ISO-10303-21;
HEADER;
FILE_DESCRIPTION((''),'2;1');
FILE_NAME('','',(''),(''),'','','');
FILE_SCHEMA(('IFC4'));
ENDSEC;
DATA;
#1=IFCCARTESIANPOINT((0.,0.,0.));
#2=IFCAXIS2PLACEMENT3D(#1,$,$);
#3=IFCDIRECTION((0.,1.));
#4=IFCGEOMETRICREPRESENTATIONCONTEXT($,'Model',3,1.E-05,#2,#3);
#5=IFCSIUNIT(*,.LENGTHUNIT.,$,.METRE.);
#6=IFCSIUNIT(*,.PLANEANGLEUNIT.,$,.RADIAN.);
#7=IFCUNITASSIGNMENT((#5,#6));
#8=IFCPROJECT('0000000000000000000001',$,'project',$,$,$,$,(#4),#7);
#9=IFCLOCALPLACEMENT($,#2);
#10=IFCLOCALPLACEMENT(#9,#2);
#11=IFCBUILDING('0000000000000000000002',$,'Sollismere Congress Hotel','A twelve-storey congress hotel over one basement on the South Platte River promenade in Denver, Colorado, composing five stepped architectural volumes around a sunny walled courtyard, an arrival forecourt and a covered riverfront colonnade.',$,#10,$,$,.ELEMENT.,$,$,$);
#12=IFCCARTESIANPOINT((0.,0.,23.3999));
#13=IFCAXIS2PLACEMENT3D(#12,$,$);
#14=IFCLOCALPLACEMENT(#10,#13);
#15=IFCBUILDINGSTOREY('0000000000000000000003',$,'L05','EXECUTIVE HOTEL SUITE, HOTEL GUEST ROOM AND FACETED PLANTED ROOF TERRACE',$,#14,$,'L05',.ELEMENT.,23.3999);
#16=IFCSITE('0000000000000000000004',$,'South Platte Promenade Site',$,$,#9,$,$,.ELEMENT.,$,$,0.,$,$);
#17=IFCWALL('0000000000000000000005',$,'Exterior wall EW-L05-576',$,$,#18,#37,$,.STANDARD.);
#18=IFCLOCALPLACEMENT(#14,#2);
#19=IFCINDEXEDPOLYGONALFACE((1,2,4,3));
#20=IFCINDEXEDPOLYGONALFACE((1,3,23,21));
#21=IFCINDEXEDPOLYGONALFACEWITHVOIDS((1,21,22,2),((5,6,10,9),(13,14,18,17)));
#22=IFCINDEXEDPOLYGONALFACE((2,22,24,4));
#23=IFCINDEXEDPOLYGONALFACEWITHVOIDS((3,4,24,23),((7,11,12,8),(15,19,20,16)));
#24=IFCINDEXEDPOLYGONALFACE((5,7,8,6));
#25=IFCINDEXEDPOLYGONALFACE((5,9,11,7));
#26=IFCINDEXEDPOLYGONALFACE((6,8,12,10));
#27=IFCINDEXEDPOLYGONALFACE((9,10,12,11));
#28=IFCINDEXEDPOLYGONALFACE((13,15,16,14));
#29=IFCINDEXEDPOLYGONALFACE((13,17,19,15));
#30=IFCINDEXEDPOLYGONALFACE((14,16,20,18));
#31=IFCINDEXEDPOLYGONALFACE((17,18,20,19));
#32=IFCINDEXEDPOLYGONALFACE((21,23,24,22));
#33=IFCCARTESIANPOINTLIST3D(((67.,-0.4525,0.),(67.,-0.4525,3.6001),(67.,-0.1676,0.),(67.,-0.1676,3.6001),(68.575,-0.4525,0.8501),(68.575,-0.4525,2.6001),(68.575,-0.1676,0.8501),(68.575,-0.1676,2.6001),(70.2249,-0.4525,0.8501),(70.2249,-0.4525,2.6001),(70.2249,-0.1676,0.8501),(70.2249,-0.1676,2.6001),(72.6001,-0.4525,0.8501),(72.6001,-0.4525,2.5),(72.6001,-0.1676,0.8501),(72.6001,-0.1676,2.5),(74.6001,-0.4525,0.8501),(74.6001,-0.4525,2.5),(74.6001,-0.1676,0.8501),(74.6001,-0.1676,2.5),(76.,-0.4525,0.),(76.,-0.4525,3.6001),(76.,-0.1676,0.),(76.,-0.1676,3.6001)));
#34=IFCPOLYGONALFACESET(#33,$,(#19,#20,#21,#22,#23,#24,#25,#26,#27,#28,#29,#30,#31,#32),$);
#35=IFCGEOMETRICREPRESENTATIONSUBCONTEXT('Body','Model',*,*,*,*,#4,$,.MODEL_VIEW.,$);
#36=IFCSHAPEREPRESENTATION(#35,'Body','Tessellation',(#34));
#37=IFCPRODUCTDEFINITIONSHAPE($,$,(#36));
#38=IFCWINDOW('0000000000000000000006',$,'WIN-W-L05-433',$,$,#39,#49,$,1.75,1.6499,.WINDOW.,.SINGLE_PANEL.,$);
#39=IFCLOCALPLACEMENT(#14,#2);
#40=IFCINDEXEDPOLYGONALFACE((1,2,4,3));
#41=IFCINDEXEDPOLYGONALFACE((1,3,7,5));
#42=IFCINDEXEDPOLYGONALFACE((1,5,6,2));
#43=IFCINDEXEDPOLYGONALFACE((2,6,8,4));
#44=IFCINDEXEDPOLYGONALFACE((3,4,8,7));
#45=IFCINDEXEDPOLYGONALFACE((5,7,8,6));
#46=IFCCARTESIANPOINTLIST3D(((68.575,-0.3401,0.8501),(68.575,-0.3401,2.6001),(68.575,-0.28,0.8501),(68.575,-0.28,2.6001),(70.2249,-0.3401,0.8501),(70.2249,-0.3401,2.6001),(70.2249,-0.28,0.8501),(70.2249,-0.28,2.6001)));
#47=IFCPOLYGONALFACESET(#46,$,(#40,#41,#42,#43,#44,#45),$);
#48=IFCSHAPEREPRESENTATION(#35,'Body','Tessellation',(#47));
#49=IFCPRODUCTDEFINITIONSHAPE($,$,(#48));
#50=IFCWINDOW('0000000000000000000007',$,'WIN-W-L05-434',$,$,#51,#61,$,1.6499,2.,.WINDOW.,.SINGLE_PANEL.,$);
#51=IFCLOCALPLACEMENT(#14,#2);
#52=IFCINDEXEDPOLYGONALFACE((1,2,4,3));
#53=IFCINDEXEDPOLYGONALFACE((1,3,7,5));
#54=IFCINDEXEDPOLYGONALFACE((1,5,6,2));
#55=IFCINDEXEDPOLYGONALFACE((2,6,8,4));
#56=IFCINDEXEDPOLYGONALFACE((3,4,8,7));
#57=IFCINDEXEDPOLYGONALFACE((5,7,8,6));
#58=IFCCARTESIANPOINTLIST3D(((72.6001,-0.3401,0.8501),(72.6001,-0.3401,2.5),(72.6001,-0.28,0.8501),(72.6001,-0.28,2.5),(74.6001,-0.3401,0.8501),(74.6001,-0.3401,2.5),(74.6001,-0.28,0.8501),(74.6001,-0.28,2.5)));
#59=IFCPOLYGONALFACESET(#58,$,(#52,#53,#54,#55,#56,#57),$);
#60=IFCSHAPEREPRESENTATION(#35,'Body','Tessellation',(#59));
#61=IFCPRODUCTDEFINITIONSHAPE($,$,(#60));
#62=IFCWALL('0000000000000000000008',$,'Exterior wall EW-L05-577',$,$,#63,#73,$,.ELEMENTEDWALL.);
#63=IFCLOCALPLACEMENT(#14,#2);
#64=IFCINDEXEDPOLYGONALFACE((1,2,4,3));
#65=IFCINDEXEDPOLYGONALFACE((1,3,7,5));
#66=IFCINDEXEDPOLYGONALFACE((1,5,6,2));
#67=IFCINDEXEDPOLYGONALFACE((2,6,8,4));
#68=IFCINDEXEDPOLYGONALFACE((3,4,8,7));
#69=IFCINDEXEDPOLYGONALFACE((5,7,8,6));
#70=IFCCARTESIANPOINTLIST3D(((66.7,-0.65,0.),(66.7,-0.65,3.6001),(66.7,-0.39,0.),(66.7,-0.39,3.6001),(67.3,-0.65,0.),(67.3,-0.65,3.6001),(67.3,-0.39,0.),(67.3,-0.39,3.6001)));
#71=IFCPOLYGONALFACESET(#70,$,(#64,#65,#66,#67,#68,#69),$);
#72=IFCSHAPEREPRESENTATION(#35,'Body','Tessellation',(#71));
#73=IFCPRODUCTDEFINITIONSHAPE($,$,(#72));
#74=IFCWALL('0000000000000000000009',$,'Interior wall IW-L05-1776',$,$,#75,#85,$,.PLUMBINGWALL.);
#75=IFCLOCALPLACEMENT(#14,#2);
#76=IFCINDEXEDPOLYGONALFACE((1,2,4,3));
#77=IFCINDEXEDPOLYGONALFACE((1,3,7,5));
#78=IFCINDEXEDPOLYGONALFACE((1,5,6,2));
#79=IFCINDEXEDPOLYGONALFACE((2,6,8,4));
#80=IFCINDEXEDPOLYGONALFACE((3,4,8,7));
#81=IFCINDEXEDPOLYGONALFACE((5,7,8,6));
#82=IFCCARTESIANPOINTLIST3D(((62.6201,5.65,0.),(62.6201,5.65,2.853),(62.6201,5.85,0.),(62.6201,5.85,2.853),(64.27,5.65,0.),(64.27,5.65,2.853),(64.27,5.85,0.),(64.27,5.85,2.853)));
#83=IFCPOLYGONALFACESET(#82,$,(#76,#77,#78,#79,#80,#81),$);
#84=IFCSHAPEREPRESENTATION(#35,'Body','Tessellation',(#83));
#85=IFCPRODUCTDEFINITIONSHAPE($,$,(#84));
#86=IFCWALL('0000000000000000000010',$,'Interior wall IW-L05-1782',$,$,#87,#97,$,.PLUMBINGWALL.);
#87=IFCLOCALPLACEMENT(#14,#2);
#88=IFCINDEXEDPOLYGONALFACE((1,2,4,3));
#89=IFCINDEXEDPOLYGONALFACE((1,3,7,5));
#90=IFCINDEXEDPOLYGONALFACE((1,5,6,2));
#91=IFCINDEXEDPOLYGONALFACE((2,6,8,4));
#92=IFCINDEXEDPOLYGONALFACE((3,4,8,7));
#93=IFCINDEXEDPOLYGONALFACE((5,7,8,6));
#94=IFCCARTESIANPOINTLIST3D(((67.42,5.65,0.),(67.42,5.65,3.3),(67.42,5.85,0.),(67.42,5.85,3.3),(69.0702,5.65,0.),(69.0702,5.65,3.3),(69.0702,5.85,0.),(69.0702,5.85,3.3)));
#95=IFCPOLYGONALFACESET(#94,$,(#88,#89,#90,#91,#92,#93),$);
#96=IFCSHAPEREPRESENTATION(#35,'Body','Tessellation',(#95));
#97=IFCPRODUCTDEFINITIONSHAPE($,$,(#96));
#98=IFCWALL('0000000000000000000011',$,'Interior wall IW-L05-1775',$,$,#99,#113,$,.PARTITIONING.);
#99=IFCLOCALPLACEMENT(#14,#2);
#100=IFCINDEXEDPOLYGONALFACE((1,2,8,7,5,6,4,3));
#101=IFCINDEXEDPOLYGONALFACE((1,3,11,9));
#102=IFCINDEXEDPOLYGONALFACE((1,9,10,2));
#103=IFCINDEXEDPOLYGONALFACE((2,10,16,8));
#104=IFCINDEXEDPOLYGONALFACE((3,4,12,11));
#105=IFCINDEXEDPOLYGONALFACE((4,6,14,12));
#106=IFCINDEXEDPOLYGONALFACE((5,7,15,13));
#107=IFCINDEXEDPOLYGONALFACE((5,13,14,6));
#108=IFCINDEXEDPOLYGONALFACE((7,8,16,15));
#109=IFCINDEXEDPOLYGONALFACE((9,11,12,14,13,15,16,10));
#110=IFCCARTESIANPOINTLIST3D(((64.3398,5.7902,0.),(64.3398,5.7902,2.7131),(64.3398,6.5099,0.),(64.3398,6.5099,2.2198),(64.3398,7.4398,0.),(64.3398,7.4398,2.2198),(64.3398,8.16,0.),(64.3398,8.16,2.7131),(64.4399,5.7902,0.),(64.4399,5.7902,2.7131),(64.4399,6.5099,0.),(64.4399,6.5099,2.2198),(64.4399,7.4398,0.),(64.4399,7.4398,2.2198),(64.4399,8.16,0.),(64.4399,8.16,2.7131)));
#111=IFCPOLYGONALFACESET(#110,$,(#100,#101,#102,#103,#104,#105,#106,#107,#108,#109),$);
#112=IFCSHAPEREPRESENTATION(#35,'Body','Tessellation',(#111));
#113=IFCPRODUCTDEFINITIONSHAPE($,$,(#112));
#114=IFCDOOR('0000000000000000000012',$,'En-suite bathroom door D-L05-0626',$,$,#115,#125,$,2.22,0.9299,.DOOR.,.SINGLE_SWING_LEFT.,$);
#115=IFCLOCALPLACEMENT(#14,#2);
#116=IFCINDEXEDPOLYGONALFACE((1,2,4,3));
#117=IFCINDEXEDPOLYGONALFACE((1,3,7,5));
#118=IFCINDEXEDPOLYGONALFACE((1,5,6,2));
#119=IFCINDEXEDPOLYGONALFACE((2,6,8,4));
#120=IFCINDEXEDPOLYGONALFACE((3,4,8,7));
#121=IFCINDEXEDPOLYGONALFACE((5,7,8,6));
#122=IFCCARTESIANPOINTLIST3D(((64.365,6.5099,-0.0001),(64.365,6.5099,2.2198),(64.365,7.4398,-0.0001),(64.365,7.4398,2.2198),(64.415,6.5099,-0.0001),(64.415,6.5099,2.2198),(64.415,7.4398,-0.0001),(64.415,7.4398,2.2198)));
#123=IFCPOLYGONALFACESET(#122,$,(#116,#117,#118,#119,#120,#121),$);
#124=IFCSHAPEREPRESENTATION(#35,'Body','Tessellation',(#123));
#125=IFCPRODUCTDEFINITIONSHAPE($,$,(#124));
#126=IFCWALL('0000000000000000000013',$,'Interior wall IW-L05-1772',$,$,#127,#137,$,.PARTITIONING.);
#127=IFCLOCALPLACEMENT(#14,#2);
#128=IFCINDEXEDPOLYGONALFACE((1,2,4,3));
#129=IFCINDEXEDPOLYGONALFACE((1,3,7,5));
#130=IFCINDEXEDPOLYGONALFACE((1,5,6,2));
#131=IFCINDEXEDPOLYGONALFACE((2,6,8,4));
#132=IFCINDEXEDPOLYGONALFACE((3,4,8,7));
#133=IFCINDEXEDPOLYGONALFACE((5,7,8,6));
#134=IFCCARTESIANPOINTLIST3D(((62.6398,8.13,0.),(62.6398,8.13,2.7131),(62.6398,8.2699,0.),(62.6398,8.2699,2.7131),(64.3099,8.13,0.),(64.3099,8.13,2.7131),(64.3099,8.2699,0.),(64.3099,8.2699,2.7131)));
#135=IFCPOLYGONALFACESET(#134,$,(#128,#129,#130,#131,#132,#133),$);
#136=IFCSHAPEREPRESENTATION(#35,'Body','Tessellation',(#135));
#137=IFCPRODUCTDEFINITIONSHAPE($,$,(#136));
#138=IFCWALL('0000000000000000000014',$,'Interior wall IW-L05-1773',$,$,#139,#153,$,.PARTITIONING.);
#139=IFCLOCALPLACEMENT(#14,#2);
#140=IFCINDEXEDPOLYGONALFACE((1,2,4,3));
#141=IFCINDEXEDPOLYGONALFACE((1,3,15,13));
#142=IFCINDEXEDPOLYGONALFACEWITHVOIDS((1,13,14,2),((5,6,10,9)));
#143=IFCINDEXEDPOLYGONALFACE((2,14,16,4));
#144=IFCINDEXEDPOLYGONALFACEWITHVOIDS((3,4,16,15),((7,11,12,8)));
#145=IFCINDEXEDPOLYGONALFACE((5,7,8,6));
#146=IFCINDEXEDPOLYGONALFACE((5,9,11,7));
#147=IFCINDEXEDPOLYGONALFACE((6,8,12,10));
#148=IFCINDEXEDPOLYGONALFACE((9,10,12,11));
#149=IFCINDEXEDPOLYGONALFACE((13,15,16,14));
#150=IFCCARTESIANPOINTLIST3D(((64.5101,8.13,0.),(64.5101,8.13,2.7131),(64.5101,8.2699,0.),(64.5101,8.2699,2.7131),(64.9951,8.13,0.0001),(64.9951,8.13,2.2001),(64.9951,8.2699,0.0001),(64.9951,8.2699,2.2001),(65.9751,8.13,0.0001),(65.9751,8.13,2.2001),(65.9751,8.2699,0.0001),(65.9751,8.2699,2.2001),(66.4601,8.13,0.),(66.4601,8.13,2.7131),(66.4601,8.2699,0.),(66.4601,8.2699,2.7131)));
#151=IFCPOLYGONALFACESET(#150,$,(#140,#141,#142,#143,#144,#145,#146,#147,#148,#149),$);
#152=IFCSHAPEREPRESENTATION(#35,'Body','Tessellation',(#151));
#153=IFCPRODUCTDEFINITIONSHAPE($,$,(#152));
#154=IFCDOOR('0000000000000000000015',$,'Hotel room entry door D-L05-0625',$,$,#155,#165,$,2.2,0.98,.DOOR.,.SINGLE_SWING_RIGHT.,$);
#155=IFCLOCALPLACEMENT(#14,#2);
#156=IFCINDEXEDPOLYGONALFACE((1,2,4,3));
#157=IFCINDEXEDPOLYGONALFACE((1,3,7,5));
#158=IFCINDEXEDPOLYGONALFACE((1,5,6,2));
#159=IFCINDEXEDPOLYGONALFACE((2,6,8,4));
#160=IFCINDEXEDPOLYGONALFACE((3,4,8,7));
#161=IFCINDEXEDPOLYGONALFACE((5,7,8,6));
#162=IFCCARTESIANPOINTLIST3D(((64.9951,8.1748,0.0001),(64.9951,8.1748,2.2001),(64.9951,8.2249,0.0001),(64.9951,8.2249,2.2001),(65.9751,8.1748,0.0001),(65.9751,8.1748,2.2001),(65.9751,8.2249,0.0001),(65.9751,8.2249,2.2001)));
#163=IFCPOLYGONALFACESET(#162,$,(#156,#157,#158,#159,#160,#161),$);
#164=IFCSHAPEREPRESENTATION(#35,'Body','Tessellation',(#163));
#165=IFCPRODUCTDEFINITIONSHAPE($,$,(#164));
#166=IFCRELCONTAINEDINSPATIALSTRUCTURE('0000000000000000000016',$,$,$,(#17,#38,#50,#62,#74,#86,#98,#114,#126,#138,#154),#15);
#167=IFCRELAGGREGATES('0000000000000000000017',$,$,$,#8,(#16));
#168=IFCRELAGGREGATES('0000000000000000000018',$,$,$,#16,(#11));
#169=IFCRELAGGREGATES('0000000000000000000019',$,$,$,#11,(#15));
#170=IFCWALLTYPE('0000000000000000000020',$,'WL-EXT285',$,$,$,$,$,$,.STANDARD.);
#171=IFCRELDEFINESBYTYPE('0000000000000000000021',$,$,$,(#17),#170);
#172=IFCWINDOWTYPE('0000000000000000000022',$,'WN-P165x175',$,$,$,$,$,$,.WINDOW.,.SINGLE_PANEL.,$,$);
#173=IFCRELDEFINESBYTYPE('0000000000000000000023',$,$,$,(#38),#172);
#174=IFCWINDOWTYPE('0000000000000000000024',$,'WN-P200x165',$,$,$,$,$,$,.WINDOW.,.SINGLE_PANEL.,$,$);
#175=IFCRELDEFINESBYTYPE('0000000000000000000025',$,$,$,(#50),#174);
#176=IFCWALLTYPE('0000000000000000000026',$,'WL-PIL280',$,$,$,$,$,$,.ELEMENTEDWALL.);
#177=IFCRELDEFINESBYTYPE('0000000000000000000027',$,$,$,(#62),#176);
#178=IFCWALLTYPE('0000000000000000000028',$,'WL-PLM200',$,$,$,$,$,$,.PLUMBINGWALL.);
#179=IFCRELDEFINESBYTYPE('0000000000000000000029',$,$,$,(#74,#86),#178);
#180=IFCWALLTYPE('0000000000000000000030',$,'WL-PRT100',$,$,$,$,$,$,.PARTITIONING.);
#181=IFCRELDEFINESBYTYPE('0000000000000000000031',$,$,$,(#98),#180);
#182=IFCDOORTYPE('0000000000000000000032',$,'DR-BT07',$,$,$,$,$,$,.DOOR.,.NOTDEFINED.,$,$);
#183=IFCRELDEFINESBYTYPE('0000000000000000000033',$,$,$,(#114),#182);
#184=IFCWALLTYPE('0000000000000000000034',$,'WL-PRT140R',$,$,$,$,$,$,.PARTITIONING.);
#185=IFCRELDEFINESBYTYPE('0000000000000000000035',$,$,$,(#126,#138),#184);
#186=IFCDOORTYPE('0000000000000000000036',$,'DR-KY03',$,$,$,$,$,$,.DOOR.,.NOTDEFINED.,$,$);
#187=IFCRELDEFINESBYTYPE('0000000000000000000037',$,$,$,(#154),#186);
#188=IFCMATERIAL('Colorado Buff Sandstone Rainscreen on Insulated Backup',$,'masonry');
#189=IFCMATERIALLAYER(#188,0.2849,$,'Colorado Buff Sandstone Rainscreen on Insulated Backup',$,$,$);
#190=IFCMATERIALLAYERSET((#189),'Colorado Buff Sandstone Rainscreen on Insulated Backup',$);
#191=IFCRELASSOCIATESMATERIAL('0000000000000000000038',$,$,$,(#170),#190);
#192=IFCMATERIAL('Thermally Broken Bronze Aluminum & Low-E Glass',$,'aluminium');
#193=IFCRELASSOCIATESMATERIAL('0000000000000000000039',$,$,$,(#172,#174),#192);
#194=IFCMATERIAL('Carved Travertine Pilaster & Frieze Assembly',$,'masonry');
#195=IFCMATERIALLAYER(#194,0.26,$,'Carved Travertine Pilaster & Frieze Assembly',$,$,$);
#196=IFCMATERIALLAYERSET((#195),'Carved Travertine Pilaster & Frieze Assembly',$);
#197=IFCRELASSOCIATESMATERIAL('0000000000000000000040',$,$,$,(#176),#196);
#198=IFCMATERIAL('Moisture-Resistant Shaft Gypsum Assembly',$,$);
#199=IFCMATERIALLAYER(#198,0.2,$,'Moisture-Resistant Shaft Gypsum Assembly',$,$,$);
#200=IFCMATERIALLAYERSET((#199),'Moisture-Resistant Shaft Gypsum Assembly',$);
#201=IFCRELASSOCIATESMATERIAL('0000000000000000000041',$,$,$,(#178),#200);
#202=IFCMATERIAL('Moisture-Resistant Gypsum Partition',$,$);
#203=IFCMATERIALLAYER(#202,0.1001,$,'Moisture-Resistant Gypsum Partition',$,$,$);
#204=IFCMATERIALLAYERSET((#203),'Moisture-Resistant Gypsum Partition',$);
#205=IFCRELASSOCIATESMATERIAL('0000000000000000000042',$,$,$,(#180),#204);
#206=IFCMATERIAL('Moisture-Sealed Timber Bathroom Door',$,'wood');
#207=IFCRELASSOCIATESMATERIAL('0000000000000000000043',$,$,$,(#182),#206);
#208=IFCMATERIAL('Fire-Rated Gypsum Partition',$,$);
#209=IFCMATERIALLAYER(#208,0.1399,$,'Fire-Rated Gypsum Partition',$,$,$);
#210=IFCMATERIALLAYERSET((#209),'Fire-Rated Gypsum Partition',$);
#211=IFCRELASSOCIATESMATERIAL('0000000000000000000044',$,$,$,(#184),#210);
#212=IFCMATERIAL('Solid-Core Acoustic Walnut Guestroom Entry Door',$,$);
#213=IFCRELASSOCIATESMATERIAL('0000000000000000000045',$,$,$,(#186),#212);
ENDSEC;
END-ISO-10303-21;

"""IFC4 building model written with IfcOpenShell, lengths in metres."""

from ifc_helpers import new_model, si_unit, direction, frame, frame_2d, origin, place, context, subcontext, project, spatial, rectangle, extrude, material, layer, layer_set, type_object, element, fill, save


model = new_model("IFC4")

# Units and contexts
model_context = context("Model", 3, precision=1e-05, world=origin(), true_north=direction((0.0, 1.0)))
body_context = subcontext(model_context, "Body", "Model", "MODEL_VIEW")
ifc_project = project(units=[si_unit("LENGTHUNIT", "METRE"), si_unit("PLANEANGLEUNIT", "RADIAN")], contexts=[model_context])

# Site, building, storey
site_placement = place(None, origin())
site = spatial("IfcSite", under=ifc_project, at=site_placement, Name="South Platte Promenade Site", CompositionType="ELEMENT", RefElevation=0.0)
building_placement = place(site_placement, origin())
building = spatial("IfcBuilding", under=site, at=building_placement, Name="Sollismere Congress Hotel", Description="A twelve-storey congress hotel over one basement on the South Platte River promenade in Denver, Colorado, composing five stepped architectural volumes around a sunny walled courtyard, an arrival forecourt and a covered riverfront colonnade.", CompositionType="ELEMENT")
storey_placement = place(building_placement, frame((0.0, 0.0, 23.3999)))
storey = spatial("IfcBuildingStorey", under=building, at=storey_placement, Name="L05", Description="EXECUTIVE HOTEL SUITE, HOTEL GUEST ROOM AND FACETED PLANTED ROOF TERRACE", LongName="L05", CompositionType="ELEMENT", Elevation=23.3999)

# Shared definitions
ifc_material_1 = material(Name="Colorado Buff Sandstone Rainscreen on Insulated Backup", Category="masonry")
ifc_layer_1 = layer(ifc_material_1, 0.2849, Name="Colorado Buff Sandstone Rainscreen on Insulated Backup")
ifc_layer_set_1 = layer_set([ifc_layer_1], Name="Colorado Buff Sandstone Rainscreen on Insulated Backup")
wall_type_1 = type_object("IfcWallType", Name="WL-EXT285", PredefinedType="STANDARD", material=ifc_layer_set_1)
ifc_material_2 = material(Name="Thermally Broken Bronze Aluminum & Low-E Glass", Category="aluminium")

# Wall, openings, windows
wall_1_placement = place(storey_placement, frame((67.0, -0.3101, 0.0), z_axis=(0.0, 0.0, 1.0), x_axis=(1.0, 0.0, 0.0)))
wall_1 = element("IfcWall", 1, at=wall_1_placement, inside=storey, type_object=wall_type_1, Name="Exterior wall EW-L05-576", PredefinedType="STANDARD", context=body_context, shape_type="SweptSolid", body=[
    extrude(rectangle(XDim=9.0, YDim=0.2849, at=frame_2d((4.5, 0.0))), origin(), (0.0, 0.0, 1.0), 3.6001),
])
opening_1_placement = place(wall_1_placement, frame((1.575, 0.0, 0.8501)))
opening_1 = element("IfcOpeningElement", 2, at=opening_1_placement, cuts=wall_1, PredefinedType="OPENING", context=body_context, shape_type="SweptSolid", body=[
    extrude(rectangle(XDim=1.6499, YDim=1.75, at=frame_2d((0.825, 0.875))), frame((0.0, 0.1523, 0.0), z_axis=(0.0, -1.0, 0.0), x_axis=(1.0, 0.0, 0.0)), (0.0, 0.0, 1.0), 0.3049),
])
opening_2_placement = place(wall_1_placement, frame((5.6001, 0.0, 0.8501)))
opening_2 = element("IfcOpeningElement", 3, at=opening_2_placement, cuts=wall_1, PredefinedType="OPENING", context=body_context, shape_type="SweptSolid", body=[
    extrude(rectangle(XDim=2.0, YDim=1.6499, at=frame_2d((1.0, 0.825))), frame((0.0, 0.1523, 0.0), z_axis=(0.0, -1.0, 0.0), x_axis=(1.0, 0.0, 0.0)), (0.0, 0.0, 1.0), 0.3049),
])
window_type_1 = type_object("IfcWindowType", Name="WN-P165x175", PartitioningType="SINGLE_PANEL", PredefinedType="WINDOW", material=ifc_material_2)
window_1_placement = place(opening_1_placement, origin())
window_1 = element("IfcWindow", 4, at=window_1_placement, inside=storey, type_object=window_type_1, Name="WIN-W-L05-433", OverallHeight=1.75, OverallWidth=1.6499, PartitioningType="SINGLE_PANEL", PredefinedType="WINDOW", context=body_context, shape_type="SweptSolid", body=[
    extrude(rectangle(XDim=1.6499, YDim=1.75, at=frame_2d((0.825, 0.875))), frame((0.0, 0.03, 0.0), z_axis=(0.0, -1.0, 0.0), x_axis=(1.0, 0.0, 0.0)), (0.0, 0.0, 1.0), 0.0601),
])
fill(opening_1, window_1)
window_type_2 = type_object("IfcWindowType", Name="WN-P200x165", PartitioningType="SINGLE_PANEL", PredefinedType="WINDOW", material=ifc_material_2)
window_2_placement = place(opening_2_placement, origin())
window_2 = element("IfcWindow", 5, at=window_2_placement, inside=storey, type_object=window_type_2, Name="WIN-W-L05-434", OverallHeight=1.6499, OverallWidth=2.0, PartitioningType="SINGLE_PANEL", PredefinedType="WINDOW", context=body_context, shape_type="SweptSolid", body=[
    extrude(rectangle(XDim=2.0, YDim=1.6499, at=frame_2d((1.0, 0.825))), frame((0.0, 0.03, 0.0), z_axis=(0.0, -1.0, 0.0), x_axis=(1.0, 0.0, 0.0)), (0.0, 0.0, 1.0), 0.0601),
])
fill(opening_2, window_2)

# Walls
ifc_material_3 = material(Name="Carved Travertine Pilaster & Frieze Assembly", Category="masonry")
ifc_layer_2 = layer(ifc_material_3, 0.26, Name="Carved Travertine Pilaster & Frieze Assembly")
ifc_layer_set_2 = layer_set([ifc_layer_2], Name="Carved Travertine Pilaster & Frieze Assembly")
wall_type_2 = type_object("IfcWallType", Name="WL-PIL280", PredefinedType="ELEMENTEDWALL", material=ifc_layer_set_2)
wall_2_placement = place(storey_placement, frame((66.7, -0.52, 0.0), z_axis=(0.0, 0.0, 1.0), x_axis=(1.0, 0.0, 0.0)))
element("IfcWall", 6, at=wall_2_placement, inside=storey, type_object=wall_type_2, Name="Exterior wall EW-L05-577", PredefinedType="ELEMENTEDWALL", context=body_context, shape_type="SweptSolid", body=[
    extrude(rectangle(XDim=0.6001, YDim=0.26, at=frame_2d((0.3, 0.0))), origin(), (0.0, 0.0, 1.0), 3.6001),
])
ifc_material_4 = material(Name="Moisture-Resistant Shaft Gypsum Assembly")
ifc_layer_3 = layer(ifc_material_4, 0.2, Name="Moisture-Resistant Shaft Gypsum Assembly")
ifc_layer_set_3 = layer_set([ifc_layer_3], Name="Moisture-Resistant Shaft Gypsum Assembly")
wall_type_3 = type_object("IfcWallType", Name="WL-PLM200", PredefinedType="PLUMBINGWALL", material=ifc_layer_set_3)
wall_3_placement = place(storey_placement, frame((62.6201, 5.75, 0.0), z_axis=(0.0, 0.0, 1.0), x_axis=(1.0, 0.0, 0.0)))
element("IfcWall", 7, at=wall_3_placement, inside=storey, type_object=wall_type_3, Name="Interior wall IW-L05-1776", PredefinedType="PLUMBINGWALL", context=body_context, shape_type="SweptSolid", body=[
    extrude(rectangle(XDim=1.6499, YDim=0.2, at=frame_2d((0.825, 0.0))), origin(), (0.0, 0.0, 1.0), 2.853),
])
wall_4_placement = place(storey_placement, frame((67.4199, 5.75, 0.0), z_axis=(0.0, 0.0, 1.0), x_axis=(1.0, 0.0, 0.0)))
element("IfcWall", 8, at=wall_4_placement, inside=storey, type_object=wall_type_3, Name="Interior wall IW-L05-1782", PredefinedType="PLUMBINGWALL", context=body_context, shape_type="SweptSolid", body=[
    extrude(rectangle(XDim=1.6501, YDim=0.2, at=frame_2d((0.8252, 0.0))), origin(), (0.0, 0.0, 1.0), 3.3),
])

# Wall, opening, door
ifc_material_5 = material(Name="Moisture-Resistant Gypsum Partition")
ifc_layer_4 = layer(ifc_material_5, 0.1001, Name="Moisture-Resistant Gypsum Partition")
ifc_layer_set_4 = layer_set([ifc_layer_4], Name="Moisture-Resistant Gypsum Partition")
wall_type_4 = type_object("IfcWallType", Name="WL-PRT100", PredefinedType="PARTITIONING", material=ifc_layer_set_4)
wall_5_placement = place(storey_placement, frame((64.3899, 5.79, 0.0), z_axis=(0.0, 0.0, 1.0), x_axis=(0.0, 1.0, 0.0)))
wall_5 = element("IfcWall", 9, at=wall_5_placement, inside=storey, type_object=wall_type_4, Name="Interior wall IW-L05-1775", PredefinedType="PARTITIONING", context=body_context, shape_type="SweptSolid", body=[
    extrude(rectangle(XDim=2.3699, YDim=0.1001, at=frame_2d((1.1851, 0.0))), origin(), (0.0, 0.0, 1.0), 2.7131),
])
opening_3_placement = place(wall_5_placement, frame((0.72, 0.0, 0.0)))
opening_3 = element("IfcOpeningElement", 10, at=opening_3_placement, cuts=wall_5, PredefinedType="OPENING", context=body_context, shape_type="SweptSolid", body=[
    extrude(rectangle(XDim=0.9299, YDim=2.22, at=frame_2d((0.4648, 1.1099))), frame((0.0, 0.0601, 0.0), z_axis=(0.0, -1.0, 0.0), x_axis=(1.0, 0.0, 0.0)), (0.0, 0.0, 1.0), 0.1201),
])
ifc_material_6 = material(Name="Moisture-Sealed Timber Bathroom Door", Category="wood")
door_type_1 = type_object("IfcDoorType", Name="DR-BT07", OperationType="NOTDEFINED", PredefinedType="DOOR", material=ifc_material_6)
door_1_placement = place(opening_3_placement, origin())
door_1 = element("IfcDoor", 11, at=door_1_placement, inside=storey, type_object=door_type_1, Name="En-suite bathroom door D-L05-0626", OperationType="SINGLE_SWING_LEFT", OverallHeight=2.22, OverallWidth=0.9299, PredefinedType="DOOR", context=body_context, shape_type="SweptSolid", body=[
    extrude(rectangle(XDim=0.9299, YDim=2.22, at=frame_2d((0.4648, 1.1099))), frame((0.0, 0.0249, 0.0), z_axis=(0.0, -1.0, 0.0), x_axis=(1.0, 0.0, 0.0)), (0.0, 0.0, 1.0), 0.05),
])
fill(opening_3, door_1)

# Wall
ifc_material_7 = material(Name="Fire-Rated Gypsum Partition")
ifc_layer_5 = layer(ifc_material_7, 0.1399, Name="Fire-Rated Gypsum Partition")
ifc_layer_set_5 = layer_set([ifc_layer_5], Name="Fire-Rated Gypsum Partition")
wall_type_5 = type_object("IfcWallType", Name="WL-PRT140R", PredefinedType="PARTITIONING", material=ifc_layer_set_5)
wall_6_placement = place(storey_placement, frame((62.6399, 8.2, 0.0), z_axis=(0.0, 0.0, 1.0), x_axis=(1.0, 0.0, 0.0)))
element("IfcWall", 12, at=wall_6_placement, inside=storey, type_object=wall_type_5, Name="Interior wall IW-L05-1772", PredefinedType="PARTITIONING", context=body_context, shape_type="SweptSolid", body=[
    extrude(rectangle(XDim=1.6702, YDim=0.1399, at=frame_2d((0.835, 0.0))), origin(), (0.0, 0.0, 1.0), 2.7131),
])

# Wall, opening, door
wall_7_placement = place(storey_placement, frame((64.51, 8.2, 0.0), z_axis=(0.0, 0.0, 1.0), x_axis=(1.0, 0.0, 0.0)))
wall_7 = element("IfcWall", 13, at=wall_7_placement, inside=storey, type_object=wall_type_5, Name="Interior wall IW-L05-1773", PredefinedType="PARTITIONING", context=body_context, shape_type="SweptSolid", body=[
    extrude(rectangle(XDim=1.95, YDim=0.1399, at=frame_2d((0.9751, 0.0))), origin(), (0.0, 0.0, 1.0), 2.7131),
])
opening_4_placement = place(wall_7_placement, frame((0.4851, 0.0, 0.0)))
opening_4 = element("IfcOpeningElement", 14, at=opening_4_placement, cuts=wall_7, PredefinedType="OPENING", context=body_context, shape_type="SweptSolid", body=[
    extrude(rectangle(XDim=0.98, YDim=2.2, at=frame_2d((0.49, 1.1001))), frame((0.0, 0.0798, 0.0), z_axis=(0.0, -1.0, 0.0), x_axis=(1.0, 0.0, 0.0)), (0.0, 0.0, 1.0), 0.1599),
])
ifc_material_8 = material(Name="Solid-Core Acoustic Walnut Guestroom Entry Door")
door_type_2 = type_object("IfcDoorType", Name="DR-KY03", OperationType="NOTDEFINED", PredefinedType="DOOR", material=ifc_material_8)
door_2_placement = place(opening_4_placement, origin())
door_2 = element("IfcDoor", 15, at=door_2_placement, inside=storey, type_object=door_type_2, Name="Hotel room entry door D-L05-0625", OperationType="SINGLE_SWING_RIGHT", OverallHeight=2.2, OverallWidth=0.98, PredefinedType="DOOR", context=body_context, shape_type="SweptSolid", body=[
    extrude(rectangle(XDim=0.98, YDim=2.2, at=frame_2d((0.49, 1.1001))), frame((0.0, 0.0249, 0.0), z_axis=(0.0, -1.0, 0.0), x_axis=(1.0, 0.0, 0.0)), (0.0, 0.0, 1.0), 0.05),
])
fill(opening_4, door_2)

save(model, "model.ifc")
